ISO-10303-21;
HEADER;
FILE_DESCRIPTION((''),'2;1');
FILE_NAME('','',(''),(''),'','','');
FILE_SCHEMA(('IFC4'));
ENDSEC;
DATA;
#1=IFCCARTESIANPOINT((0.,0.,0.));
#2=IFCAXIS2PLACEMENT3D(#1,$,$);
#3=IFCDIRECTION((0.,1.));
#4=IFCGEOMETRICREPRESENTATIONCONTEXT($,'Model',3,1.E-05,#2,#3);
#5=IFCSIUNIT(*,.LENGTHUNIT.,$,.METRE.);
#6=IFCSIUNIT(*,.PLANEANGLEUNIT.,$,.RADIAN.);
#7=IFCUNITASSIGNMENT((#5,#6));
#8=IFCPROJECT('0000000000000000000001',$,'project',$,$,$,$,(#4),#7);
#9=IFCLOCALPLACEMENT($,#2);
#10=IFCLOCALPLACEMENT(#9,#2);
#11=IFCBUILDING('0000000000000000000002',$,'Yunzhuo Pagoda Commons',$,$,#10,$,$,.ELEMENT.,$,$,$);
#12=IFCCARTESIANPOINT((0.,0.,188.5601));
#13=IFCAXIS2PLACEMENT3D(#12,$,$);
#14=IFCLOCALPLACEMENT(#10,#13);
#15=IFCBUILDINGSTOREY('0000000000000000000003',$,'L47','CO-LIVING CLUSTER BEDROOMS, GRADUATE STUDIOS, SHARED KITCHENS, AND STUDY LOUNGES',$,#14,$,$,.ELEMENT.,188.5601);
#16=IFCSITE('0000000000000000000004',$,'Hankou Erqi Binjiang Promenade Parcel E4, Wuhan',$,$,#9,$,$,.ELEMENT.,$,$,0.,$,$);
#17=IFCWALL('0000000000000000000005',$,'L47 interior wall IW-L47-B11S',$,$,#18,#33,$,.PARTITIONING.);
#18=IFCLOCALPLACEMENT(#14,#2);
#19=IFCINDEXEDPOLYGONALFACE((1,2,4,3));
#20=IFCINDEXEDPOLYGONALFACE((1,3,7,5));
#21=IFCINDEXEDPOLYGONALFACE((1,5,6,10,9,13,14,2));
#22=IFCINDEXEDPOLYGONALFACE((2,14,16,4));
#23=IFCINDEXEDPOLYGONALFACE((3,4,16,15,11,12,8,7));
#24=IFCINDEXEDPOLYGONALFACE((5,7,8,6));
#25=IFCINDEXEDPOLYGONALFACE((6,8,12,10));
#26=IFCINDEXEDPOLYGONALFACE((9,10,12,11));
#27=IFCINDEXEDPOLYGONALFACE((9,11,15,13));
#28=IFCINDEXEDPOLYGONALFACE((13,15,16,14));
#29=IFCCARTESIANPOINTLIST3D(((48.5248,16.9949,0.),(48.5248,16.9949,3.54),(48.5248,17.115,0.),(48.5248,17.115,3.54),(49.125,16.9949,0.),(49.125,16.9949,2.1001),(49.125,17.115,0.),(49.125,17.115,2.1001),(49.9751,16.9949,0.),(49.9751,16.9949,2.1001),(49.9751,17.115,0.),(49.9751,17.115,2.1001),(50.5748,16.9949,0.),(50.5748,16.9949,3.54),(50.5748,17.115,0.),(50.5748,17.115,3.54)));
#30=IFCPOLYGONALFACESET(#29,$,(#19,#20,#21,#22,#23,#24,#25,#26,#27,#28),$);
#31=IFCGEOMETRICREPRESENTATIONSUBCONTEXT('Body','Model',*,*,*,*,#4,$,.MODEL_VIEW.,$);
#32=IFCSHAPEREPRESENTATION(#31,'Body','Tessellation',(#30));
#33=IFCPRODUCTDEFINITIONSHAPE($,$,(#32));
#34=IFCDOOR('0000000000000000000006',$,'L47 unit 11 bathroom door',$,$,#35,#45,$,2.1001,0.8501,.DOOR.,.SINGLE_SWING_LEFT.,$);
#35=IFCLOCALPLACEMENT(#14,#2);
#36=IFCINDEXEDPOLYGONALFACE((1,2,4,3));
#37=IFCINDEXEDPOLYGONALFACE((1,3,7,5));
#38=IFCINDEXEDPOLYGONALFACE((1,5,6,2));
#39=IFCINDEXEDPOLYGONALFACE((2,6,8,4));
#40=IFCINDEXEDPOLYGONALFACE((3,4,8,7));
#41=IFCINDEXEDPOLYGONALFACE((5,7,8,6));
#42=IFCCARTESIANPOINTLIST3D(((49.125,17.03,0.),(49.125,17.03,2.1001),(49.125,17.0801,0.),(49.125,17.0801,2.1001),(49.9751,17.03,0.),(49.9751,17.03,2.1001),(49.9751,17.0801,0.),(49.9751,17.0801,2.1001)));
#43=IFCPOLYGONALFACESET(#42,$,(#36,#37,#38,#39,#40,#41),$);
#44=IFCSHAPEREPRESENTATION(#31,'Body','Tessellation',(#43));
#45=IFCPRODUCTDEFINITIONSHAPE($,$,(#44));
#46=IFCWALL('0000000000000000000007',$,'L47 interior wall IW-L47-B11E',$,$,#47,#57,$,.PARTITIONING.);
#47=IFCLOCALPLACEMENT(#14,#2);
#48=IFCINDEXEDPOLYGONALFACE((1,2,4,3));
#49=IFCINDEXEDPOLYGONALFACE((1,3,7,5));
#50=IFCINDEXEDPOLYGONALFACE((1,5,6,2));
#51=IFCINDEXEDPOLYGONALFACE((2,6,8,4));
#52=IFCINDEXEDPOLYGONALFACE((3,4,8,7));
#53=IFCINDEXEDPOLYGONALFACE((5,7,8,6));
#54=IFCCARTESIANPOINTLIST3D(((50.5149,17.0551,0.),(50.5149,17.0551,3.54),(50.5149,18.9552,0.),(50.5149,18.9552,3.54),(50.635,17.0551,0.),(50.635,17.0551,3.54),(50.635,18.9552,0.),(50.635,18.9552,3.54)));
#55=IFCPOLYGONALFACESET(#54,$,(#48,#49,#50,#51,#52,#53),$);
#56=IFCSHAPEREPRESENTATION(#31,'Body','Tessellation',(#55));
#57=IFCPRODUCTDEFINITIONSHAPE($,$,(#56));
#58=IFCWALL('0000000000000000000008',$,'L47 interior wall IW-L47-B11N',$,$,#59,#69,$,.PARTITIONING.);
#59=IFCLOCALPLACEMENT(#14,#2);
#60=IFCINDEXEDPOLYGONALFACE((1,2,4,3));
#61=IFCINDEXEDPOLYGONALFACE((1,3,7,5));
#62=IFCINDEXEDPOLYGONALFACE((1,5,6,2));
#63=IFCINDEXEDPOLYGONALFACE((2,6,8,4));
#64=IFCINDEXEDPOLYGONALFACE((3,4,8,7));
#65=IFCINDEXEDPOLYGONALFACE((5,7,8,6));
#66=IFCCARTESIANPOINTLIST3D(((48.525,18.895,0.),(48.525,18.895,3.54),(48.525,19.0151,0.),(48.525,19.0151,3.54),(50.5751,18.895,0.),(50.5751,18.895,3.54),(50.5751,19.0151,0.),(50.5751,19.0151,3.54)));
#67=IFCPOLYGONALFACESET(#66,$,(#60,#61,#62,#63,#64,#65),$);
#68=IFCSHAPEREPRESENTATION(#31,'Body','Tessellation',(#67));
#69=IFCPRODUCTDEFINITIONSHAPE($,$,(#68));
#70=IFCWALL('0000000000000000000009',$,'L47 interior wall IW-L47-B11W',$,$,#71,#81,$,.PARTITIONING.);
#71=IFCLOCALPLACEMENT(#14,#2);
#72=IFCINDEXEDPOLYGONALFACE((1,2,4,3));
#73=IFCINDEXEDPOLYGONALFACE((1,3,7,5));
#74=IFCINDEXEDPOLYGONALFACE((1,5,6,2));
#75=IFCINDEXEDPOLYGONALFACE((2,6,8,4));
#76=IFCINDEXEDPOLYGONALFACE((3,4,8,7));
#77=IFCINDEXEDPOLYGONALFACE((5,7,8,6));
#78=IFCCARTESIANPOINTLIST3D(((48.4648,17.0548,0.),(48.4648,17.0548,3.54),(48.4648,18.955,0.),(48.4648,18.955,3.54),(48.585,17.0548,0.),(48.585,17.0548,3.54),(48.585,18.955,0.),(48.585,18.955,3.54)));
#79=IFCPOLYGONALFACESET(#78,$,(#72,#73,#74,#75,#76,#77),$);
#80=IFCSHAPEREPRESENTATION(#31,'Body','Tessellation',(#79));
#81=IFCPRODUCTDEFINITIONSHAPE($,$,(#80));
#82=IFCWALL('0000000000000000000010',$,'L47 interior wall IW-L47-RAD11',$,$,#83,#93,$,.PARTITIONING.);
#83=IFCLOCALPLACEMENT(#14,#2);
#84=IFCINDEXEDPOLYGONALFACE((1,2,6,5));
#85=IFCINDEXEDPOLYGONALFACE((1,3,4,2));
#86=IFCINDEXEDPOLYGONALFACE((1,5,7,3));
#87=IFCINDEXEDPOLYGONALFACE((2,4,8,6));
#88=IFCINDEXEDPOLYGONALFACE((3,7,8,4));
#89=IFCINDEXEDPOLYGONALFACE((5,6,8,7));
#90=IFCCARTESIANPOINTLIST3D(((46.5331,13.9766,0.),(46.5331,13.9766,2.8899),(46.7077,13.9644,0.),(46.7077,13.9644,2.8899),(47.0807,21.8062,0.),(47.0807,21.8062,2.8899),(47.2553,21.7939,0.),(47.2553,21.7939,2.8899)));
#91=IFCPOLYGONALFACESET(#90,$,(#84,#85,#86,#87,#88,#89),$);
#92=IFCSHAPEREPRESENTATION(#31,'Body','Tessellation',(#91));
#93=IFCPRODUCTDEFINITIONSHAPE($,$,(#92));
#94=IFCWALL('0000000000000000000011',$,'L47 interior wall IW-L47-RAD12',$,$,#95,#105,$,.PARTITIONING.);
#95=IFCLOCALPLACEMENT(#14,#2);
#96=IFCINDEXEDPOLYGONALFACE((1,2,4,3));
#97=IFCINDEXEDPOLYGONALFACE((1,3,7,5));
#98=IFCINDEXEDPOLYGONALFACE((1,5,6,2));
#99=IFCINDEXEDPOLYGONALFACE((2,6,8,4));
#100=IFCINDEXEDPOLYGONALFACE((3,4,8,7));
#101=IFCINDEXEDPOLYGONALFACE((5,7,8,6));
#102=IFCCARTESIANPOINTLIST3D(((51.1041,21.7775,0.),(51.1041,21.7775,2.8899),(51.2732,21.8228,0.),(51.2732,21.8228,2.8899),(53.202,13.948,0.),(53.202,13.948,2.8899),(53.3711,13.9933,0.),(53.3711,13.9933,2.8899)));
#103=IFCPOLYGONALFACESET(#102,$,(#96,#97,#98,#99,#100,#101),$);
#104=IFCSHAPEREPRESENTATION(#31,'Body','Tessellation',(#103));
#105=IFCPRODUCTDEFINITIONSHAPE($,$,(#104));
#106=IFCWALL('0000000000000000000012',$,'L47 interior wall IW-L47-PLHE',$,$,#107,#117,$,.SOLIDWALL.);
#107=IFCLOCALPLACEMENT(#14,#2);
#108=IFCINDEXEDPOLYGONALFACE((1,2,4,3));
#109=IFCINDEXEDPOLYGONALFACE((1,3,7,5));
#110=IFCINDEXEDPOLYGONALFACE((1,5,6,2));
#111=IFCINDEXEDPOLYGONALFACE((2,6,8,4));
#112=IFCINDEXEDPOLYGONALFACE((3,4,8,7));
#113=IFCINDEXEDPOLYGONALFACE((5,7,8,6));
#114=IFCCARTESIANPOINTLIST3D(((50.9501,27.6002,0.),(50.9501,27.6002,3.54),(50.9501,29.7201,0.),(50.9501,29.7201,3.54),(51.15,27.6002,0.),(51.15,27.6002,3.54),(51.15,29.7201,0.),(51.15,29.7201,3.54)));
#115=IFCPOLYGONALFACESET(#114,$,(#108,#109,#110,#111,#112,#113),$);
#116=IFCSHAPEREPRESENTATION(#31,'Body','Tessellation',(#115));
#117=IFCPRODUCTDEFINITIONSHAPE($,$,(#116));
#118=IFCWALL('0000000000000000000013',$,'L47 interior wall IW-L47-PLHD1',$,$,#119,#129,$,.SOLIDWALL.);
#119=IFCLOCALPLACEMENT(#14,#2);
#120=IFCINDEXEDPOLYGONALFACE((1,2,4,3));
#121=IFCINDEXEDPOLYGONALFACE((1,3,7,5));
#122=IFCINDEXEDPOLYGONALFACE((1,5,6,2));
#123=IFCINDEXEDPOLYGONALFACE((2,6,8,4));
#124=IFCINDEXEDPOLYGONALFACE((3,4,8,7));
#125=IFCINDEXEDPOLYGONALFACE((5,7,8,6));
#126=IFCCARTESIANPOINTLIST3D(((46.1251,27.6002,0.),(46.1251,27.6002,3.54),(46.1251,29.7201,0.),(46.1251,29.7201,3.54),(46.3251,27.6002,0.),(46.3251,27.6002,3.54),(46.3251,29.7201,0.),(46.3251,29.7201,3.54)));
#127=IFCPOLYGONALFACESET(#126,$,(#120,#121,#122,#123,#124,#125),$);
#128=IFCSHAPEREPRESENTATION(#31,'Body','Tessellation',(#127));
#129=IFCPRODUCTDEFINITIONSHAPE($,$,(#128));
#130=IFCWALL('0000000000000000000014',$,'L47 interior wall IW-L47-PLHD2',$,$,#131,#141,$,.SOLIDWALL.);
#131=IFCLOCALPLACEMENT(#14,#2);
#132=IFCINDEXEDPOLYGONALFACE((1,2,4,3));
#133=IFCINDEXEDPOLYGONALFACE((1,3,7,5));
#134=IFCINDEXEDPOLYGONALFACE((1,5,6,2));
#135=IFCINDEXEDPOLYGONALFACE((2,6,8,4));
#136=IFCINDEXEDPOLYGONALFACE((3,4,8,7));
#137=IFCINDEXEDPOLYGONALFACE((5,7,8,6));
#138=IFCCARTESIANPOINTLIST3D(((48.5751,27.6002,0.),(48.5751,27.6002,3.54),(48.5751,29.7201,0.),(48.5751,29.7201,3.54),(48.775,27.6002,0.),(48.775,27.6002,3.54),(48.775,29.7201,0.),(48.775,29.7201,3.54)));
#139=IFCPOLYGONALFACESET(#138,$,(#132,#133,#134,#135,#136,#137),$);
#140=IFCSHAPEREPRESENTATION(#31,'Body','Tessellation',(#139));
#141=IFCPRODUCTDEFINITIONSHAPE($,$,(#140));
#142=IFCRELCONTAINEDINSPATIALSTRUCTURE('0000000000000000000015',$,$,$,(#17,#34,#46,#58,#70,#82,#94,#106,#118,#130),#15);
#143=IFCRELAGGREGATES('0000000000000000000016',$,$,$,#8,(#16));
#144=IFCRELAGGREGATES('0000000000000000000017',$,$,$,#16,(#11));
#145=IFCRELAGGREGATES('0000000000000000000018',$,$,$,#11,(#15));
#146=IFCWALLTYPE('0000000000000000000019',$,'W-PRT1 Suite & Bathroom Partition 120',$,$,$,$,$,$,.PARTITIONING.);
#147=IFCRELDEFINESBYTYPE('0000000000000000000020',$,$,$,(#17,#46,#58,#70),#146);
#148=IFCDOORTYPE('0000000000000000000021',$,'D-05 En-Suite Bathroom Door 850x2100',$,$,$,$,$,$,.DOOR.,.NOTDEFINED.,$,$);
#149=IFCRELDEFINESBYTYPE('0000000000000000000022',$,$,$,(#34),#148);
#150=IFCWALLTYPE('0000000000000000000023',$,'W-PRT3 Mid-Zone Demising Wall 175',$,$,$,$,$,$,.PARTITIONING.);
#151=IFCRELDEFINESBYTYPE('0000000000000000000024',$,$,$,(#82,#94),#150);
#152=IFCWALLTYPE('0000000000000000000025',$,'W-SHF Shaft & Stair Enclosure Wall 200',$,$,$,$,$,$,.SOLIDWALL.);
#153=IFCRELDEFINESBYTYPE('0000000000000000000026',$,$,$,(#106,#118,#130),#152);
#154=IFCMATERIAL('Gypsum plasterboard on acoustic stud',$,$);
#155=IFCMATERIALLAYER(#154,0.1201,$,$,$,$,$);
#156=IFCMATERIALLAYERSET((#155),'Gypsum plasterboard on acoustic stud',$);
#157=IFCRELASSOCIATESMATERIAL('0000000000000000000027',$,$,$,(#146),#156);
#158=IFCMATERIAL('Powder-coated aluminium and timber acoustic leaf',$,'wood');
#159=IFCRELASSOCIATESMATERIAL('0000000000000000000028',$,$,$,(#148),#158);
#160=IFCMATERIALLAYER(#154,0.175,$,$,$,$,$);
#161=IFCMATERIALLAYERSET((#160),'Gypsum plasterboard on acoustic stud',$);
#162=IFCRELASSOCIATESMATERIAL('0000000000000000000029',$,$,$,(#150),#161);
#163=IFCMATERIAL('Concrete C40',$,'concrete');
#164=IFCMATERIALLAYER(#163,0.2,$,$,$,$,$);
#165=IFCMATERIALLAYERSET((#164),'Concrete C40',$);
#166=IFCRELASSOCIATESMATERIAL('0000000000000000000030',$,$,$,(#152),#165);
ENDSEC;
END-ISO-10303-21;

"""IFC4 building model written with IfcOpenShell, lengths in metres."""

from ifc_helpers import new_model, si_unit, direction, frame, frame_2d, origin, place, context, subcontext, project, spatial, rectangle, extrude, source, transform, mapped, material, layer, layer_set, type_object, element, fill, save


model = new_model("IFC4")

# Units and contexts
model_context = context("Model", 3, precision=1e-05, world=origin(), true_north=direction((0.0, 1.0)))
body_context = subcontext(model_context, "Body", "Model", "MODEL_VIEW")
ifc_project = project(units=[si_unit("LENGTHUNIT", "METRE"), si_unit("PLANEANGLEUNIT", "RADIAN")], contexts=[model_context])

# Site, building, storey
site_placement = place(None, origin())
site = spatial("IfcSite", under=ifc_project, at=site_placement, Name="Hankou Erqi Binjiang Promenade Parcel E4, Wuhan", CompositionType="ELEMENT", RefElevation=0.0)
building_placement = place(site_placement, origin())
building = spatial("IfcBuilding", under=site, at=building_placement, Name="Yunzhuo Pagoda Commons", CompositionType="ELEMENT")
storey_placement = place(building_placement, frame((0.0, 0.0, 188.5601)))
storey = spatial("IfcBuildingStorey", under=building, at=storey_placement, Name="L47", Description="CO-LIVING CLUSTER BEDROOMS, GRADUATE STUDIOS, SHARED KITCHENS, AND STUDY LOUNGES", CompositionType="ELEMENT", Elevation=188.5601)

# Wall, opening, door
ifc_material_1 = material(Name="Gypsum plasterboard on acoustic stud")
ifc_material_2 = material(Name="Powder-coated aluminium and timber acoustic leaf", Category="wood")
ifc_layer_1 = layer(ifc_material_1, 0.1201)
ifc_layer_set_1 = layer_set([ifc_layer_1], Name="Gypsum plasterboard on acoustic stud")
wall_type_1 = type_object("IfcWallType", Name="W-PRT1 Suite & Bathroom Partition 120", PredefinedType="PARTITIONING", material=ifc_layer_set_1)
wall_1_placement = place(storey_placement, frame((48.5249, 17.0549, 0.0), z_axis=(0.0, 0.0, 1.0), x_axis=(1.0, 0.0, 0.0)))
wall_1 = element("IfcWall", 1, at=wall_1_placement, inside=storey, type_object=wall_type_1, Name="L47 interior wall IW-L47-B11S", PredefinedType="PARTITIONING", context=body_context, shape_type="SweptSolid", body=[
    extrude(rectangle(XDim=2.05, YDim=0.1201, at=frame_2d((1.0249, 0.0))), origin(), (0.0, 0.0, 1.0), 3.54),
])
opening_1_placement = place(wall_1_placement, frame((0.6001, 0.0, 0.0)))
opening_1 = element("IfcOpeningElement", 2, at=opening_1_placement, cuts=wall_1, PredefinedType="OPENING", context=body_context, shape_type="SweptSolid", body=[
    extrude(rectangle(XDim=0.8501, YDim=2.1001, at=frame_2d((0.425, 1.05))), frame((0.0, 0.0701, 0.0), z_axis=(0.0, -1.0, 0.0), x_axis=(1.0, 0.0, 0.0)), (0.0, 0.0, 1.0), 0.1401),
])
door_type_1 = type_object("IfcDoorType", Name="D-05 En-Suite Bathroom Door 850x2100", OperationType="NOTDEFINED", PredefinedType="DOOR", material=ifc_material_2)
shared_shape_1 = source(origin(), body_context, "Body", "SweptSolid", [
    extrude(rectangle(XDim=0.8501, YDim=2.1001, at=frame_2d((0.425, 1.05))), frame((0.0, 0.0249, 0.0), z_axis=(0.0, -1.0, 0.0), x_axis=(1.0, 0.0, 0.0)), (0.0, 0.0, 1.0), 0.05),
])
door_1_placement = place(opening_1_placement, frame((0.8501, 0.0, 0.0), z_axis=(0.0, 0.0, 1.0), x_axis=(-1.0, 0.0, 0.0)))
door_1 = element("IfcDoor", 3, at=door_1_placement, inside=storey, type_object=door_type_1, Name="L47 unit 11 bathroom door", OperationType="SINGLE_SWING_LEFT", OverallHeight=2.1001, OverallWidth=0.8501, PredefinedType="DOOR", context=body_context, shape_type="MappedRepresentation", body=[
    mapped(shared_shape_1, transform((0.0, 0.0, 0.0), scale=1.0)),
])
fill(opening_1, door_1)

# Walls
wall_2_placement = place(storey_placement, frame((50.575, 17.0549, 0.0), z_axis=(0.0, 0.0, 1.0), x_axis=(0.0, 1.0, 0.0)))
element("IfcWall", 4, at=wall_2_placement, inside=storey, type_object=wall_type_1, Name="L47 interior wall IW-L47-B11E", PredefinedType="PARTITIONING", context=body_context, shape_type="SweptSolid", body=[
    extrude(rectangle(XDim=1.9001, YDim=0.1201, at=frame_2d((0.9502, 0.0))), origin(), (0.0, 0.0, 1.0), 3.54),
])
wall_3_placement = place(storey_placement, frame((50.575, 18.9551, 0.0), z_axis=(0.0, 0.0, 1.0), x_axis=(-1.0, 0.0, 0.0)))
element("IfcWall", 5, at=wall_3_placement, inside=storey, type_object=wall_type_1, Name="L47 interior wall IW-L47-B11N", PredefinedType="PARTITIONING", context=body_context, shape_type="SweptSolid", body=[
    extrude(rectangle(XDim=2.05, YDim=0.1201, at=frame_2d((1.0249, 0.0))), origin(), (0.0, 0.0, 1.0), 3.54),
])
wall_4_placement = place(storey_placement, frame((48.5249, 18.9551, 0.0), z_axis=(0.0, 0.0, 1.0), x_axis=(0.0, -1.0, 0.0)))
element("IfcWall", 6, at=wall_4_placement, inside=storey, type_object=wall_type_1, Name="L47 interior wall IW-L47-B11W", PredefinedType="PARTITIONING", context=body_context, shape_type="SweptSolid", body=[
    extrude(rectangle(XDim=1.9001, YDim=0.1201, at=frame_2d((0.9502, 0.0))), origin(), (0.0, 0.0, 1.0), 3.54),
])
ifc_layer_2 = layer(ifc_material_1, 0.175)
ifc_layer_set_2 = layer_set([ifc_layer_2], Name="Gypsum plasterboard on acoustic stud")
wall_type_2 = type_object("IfcWallType", Name="W-PRT3 Mid-Zone Demising Wall 175", PredefinedType="PARTITIONING", material=ifc_layer_set_2)
wall_5_placement = place(storey_placement, frame((47.168, 21.8, 0.0), z_axis=(0.0, 0.0, 1.0), x_axis=(-0.06977, -0.997563, 0.0)))
element("IfcWall", 7, at=wall_5_placement, inside=storey, type_object=wall_type_2, Name="L47 interior wall IW-L47-RAD11", PredefinedType="PARTITIONING", context=body_context, shape_type="SweptSolid", body=[
    extrude(rectangle(XDim=7.8486, YDim=0.175, at=frame_2d((3.9243, 0.0))), origin(), (0.0, 0.0, 1.0), 2.8899),
])
wall_6_placement = place(storey_placement, frame((51.1887, 21.8, 0.0), z_axis=(0.0, 0.0, 1.0), x_axis=(0.258815, -0.965927, 0.0)))
element("IfcWall", 8, at=wall_6_placement, inside=storey, type_object=wall_type_2, Name="L47 interior wall IW-L47-RAD12", PredefinedType="PARTITIONING", context=body_context, shape_type="SweptSolid", body=[
    extrude(rectangle(XDim=8.1057, YDim=0.175, at=frame_2d((4.0527, 0.0))), origin(), (0.0, 0.0, 1.0), 2.8899),
])
ifc_material_3 = material(Name="Concrete C40", Category="concrete")
ifc_layer_3 = layer(ifc_material_3, 0.2)
ifc_layer_set_3 = layer_set([ifc_layer_3], Name="Concrete C40")
wall_type_3 = type_object("IfcWallType", Name="W-SHF Shaft & Stair Enclosure Wall 200", PredefinedType="SOLIDWALL", material=ifc_layer_set_3)
for number, where, z_axis, x_axis, name in (
    (9, (51.05, 27.6001, 0.0), (0.0, 0.0, 1.0), (0.0, 1.0, 0.0), "L47 interior wall IW-L47-PLHE"),
    (10, (46.2251, 27.6001, 0.0), (0.0, 0.0, 1.0), (0.0, 1.0, 0.0), "L47 interior wall IW-L47-PLHD1"),
    (11, (48.675, 27.6001, 0.0), (0.0, 0.0, 1.0), (0.0, 1.0, 0.0), "L47 interior wall IW-L47-PLHD2"),
):
    element("IfcWall", number, at=place(storey_placement, frame(where, z_axis=z_axis, x_axis=x_axis)), inside=storey, type_object=wall_type_3, Name=name, PredefinedType="SOLIDWALL", context=body_context, shape_type="SweptSolid", body=[
        extrude(rectangle(XDim=2.1199, YDim=0.2, at=frame_2d((1.0601, 0.0))), origin(), (0.0, 0.0, 1.0), 3.54),
    ])

save(model, "model.ifc")
